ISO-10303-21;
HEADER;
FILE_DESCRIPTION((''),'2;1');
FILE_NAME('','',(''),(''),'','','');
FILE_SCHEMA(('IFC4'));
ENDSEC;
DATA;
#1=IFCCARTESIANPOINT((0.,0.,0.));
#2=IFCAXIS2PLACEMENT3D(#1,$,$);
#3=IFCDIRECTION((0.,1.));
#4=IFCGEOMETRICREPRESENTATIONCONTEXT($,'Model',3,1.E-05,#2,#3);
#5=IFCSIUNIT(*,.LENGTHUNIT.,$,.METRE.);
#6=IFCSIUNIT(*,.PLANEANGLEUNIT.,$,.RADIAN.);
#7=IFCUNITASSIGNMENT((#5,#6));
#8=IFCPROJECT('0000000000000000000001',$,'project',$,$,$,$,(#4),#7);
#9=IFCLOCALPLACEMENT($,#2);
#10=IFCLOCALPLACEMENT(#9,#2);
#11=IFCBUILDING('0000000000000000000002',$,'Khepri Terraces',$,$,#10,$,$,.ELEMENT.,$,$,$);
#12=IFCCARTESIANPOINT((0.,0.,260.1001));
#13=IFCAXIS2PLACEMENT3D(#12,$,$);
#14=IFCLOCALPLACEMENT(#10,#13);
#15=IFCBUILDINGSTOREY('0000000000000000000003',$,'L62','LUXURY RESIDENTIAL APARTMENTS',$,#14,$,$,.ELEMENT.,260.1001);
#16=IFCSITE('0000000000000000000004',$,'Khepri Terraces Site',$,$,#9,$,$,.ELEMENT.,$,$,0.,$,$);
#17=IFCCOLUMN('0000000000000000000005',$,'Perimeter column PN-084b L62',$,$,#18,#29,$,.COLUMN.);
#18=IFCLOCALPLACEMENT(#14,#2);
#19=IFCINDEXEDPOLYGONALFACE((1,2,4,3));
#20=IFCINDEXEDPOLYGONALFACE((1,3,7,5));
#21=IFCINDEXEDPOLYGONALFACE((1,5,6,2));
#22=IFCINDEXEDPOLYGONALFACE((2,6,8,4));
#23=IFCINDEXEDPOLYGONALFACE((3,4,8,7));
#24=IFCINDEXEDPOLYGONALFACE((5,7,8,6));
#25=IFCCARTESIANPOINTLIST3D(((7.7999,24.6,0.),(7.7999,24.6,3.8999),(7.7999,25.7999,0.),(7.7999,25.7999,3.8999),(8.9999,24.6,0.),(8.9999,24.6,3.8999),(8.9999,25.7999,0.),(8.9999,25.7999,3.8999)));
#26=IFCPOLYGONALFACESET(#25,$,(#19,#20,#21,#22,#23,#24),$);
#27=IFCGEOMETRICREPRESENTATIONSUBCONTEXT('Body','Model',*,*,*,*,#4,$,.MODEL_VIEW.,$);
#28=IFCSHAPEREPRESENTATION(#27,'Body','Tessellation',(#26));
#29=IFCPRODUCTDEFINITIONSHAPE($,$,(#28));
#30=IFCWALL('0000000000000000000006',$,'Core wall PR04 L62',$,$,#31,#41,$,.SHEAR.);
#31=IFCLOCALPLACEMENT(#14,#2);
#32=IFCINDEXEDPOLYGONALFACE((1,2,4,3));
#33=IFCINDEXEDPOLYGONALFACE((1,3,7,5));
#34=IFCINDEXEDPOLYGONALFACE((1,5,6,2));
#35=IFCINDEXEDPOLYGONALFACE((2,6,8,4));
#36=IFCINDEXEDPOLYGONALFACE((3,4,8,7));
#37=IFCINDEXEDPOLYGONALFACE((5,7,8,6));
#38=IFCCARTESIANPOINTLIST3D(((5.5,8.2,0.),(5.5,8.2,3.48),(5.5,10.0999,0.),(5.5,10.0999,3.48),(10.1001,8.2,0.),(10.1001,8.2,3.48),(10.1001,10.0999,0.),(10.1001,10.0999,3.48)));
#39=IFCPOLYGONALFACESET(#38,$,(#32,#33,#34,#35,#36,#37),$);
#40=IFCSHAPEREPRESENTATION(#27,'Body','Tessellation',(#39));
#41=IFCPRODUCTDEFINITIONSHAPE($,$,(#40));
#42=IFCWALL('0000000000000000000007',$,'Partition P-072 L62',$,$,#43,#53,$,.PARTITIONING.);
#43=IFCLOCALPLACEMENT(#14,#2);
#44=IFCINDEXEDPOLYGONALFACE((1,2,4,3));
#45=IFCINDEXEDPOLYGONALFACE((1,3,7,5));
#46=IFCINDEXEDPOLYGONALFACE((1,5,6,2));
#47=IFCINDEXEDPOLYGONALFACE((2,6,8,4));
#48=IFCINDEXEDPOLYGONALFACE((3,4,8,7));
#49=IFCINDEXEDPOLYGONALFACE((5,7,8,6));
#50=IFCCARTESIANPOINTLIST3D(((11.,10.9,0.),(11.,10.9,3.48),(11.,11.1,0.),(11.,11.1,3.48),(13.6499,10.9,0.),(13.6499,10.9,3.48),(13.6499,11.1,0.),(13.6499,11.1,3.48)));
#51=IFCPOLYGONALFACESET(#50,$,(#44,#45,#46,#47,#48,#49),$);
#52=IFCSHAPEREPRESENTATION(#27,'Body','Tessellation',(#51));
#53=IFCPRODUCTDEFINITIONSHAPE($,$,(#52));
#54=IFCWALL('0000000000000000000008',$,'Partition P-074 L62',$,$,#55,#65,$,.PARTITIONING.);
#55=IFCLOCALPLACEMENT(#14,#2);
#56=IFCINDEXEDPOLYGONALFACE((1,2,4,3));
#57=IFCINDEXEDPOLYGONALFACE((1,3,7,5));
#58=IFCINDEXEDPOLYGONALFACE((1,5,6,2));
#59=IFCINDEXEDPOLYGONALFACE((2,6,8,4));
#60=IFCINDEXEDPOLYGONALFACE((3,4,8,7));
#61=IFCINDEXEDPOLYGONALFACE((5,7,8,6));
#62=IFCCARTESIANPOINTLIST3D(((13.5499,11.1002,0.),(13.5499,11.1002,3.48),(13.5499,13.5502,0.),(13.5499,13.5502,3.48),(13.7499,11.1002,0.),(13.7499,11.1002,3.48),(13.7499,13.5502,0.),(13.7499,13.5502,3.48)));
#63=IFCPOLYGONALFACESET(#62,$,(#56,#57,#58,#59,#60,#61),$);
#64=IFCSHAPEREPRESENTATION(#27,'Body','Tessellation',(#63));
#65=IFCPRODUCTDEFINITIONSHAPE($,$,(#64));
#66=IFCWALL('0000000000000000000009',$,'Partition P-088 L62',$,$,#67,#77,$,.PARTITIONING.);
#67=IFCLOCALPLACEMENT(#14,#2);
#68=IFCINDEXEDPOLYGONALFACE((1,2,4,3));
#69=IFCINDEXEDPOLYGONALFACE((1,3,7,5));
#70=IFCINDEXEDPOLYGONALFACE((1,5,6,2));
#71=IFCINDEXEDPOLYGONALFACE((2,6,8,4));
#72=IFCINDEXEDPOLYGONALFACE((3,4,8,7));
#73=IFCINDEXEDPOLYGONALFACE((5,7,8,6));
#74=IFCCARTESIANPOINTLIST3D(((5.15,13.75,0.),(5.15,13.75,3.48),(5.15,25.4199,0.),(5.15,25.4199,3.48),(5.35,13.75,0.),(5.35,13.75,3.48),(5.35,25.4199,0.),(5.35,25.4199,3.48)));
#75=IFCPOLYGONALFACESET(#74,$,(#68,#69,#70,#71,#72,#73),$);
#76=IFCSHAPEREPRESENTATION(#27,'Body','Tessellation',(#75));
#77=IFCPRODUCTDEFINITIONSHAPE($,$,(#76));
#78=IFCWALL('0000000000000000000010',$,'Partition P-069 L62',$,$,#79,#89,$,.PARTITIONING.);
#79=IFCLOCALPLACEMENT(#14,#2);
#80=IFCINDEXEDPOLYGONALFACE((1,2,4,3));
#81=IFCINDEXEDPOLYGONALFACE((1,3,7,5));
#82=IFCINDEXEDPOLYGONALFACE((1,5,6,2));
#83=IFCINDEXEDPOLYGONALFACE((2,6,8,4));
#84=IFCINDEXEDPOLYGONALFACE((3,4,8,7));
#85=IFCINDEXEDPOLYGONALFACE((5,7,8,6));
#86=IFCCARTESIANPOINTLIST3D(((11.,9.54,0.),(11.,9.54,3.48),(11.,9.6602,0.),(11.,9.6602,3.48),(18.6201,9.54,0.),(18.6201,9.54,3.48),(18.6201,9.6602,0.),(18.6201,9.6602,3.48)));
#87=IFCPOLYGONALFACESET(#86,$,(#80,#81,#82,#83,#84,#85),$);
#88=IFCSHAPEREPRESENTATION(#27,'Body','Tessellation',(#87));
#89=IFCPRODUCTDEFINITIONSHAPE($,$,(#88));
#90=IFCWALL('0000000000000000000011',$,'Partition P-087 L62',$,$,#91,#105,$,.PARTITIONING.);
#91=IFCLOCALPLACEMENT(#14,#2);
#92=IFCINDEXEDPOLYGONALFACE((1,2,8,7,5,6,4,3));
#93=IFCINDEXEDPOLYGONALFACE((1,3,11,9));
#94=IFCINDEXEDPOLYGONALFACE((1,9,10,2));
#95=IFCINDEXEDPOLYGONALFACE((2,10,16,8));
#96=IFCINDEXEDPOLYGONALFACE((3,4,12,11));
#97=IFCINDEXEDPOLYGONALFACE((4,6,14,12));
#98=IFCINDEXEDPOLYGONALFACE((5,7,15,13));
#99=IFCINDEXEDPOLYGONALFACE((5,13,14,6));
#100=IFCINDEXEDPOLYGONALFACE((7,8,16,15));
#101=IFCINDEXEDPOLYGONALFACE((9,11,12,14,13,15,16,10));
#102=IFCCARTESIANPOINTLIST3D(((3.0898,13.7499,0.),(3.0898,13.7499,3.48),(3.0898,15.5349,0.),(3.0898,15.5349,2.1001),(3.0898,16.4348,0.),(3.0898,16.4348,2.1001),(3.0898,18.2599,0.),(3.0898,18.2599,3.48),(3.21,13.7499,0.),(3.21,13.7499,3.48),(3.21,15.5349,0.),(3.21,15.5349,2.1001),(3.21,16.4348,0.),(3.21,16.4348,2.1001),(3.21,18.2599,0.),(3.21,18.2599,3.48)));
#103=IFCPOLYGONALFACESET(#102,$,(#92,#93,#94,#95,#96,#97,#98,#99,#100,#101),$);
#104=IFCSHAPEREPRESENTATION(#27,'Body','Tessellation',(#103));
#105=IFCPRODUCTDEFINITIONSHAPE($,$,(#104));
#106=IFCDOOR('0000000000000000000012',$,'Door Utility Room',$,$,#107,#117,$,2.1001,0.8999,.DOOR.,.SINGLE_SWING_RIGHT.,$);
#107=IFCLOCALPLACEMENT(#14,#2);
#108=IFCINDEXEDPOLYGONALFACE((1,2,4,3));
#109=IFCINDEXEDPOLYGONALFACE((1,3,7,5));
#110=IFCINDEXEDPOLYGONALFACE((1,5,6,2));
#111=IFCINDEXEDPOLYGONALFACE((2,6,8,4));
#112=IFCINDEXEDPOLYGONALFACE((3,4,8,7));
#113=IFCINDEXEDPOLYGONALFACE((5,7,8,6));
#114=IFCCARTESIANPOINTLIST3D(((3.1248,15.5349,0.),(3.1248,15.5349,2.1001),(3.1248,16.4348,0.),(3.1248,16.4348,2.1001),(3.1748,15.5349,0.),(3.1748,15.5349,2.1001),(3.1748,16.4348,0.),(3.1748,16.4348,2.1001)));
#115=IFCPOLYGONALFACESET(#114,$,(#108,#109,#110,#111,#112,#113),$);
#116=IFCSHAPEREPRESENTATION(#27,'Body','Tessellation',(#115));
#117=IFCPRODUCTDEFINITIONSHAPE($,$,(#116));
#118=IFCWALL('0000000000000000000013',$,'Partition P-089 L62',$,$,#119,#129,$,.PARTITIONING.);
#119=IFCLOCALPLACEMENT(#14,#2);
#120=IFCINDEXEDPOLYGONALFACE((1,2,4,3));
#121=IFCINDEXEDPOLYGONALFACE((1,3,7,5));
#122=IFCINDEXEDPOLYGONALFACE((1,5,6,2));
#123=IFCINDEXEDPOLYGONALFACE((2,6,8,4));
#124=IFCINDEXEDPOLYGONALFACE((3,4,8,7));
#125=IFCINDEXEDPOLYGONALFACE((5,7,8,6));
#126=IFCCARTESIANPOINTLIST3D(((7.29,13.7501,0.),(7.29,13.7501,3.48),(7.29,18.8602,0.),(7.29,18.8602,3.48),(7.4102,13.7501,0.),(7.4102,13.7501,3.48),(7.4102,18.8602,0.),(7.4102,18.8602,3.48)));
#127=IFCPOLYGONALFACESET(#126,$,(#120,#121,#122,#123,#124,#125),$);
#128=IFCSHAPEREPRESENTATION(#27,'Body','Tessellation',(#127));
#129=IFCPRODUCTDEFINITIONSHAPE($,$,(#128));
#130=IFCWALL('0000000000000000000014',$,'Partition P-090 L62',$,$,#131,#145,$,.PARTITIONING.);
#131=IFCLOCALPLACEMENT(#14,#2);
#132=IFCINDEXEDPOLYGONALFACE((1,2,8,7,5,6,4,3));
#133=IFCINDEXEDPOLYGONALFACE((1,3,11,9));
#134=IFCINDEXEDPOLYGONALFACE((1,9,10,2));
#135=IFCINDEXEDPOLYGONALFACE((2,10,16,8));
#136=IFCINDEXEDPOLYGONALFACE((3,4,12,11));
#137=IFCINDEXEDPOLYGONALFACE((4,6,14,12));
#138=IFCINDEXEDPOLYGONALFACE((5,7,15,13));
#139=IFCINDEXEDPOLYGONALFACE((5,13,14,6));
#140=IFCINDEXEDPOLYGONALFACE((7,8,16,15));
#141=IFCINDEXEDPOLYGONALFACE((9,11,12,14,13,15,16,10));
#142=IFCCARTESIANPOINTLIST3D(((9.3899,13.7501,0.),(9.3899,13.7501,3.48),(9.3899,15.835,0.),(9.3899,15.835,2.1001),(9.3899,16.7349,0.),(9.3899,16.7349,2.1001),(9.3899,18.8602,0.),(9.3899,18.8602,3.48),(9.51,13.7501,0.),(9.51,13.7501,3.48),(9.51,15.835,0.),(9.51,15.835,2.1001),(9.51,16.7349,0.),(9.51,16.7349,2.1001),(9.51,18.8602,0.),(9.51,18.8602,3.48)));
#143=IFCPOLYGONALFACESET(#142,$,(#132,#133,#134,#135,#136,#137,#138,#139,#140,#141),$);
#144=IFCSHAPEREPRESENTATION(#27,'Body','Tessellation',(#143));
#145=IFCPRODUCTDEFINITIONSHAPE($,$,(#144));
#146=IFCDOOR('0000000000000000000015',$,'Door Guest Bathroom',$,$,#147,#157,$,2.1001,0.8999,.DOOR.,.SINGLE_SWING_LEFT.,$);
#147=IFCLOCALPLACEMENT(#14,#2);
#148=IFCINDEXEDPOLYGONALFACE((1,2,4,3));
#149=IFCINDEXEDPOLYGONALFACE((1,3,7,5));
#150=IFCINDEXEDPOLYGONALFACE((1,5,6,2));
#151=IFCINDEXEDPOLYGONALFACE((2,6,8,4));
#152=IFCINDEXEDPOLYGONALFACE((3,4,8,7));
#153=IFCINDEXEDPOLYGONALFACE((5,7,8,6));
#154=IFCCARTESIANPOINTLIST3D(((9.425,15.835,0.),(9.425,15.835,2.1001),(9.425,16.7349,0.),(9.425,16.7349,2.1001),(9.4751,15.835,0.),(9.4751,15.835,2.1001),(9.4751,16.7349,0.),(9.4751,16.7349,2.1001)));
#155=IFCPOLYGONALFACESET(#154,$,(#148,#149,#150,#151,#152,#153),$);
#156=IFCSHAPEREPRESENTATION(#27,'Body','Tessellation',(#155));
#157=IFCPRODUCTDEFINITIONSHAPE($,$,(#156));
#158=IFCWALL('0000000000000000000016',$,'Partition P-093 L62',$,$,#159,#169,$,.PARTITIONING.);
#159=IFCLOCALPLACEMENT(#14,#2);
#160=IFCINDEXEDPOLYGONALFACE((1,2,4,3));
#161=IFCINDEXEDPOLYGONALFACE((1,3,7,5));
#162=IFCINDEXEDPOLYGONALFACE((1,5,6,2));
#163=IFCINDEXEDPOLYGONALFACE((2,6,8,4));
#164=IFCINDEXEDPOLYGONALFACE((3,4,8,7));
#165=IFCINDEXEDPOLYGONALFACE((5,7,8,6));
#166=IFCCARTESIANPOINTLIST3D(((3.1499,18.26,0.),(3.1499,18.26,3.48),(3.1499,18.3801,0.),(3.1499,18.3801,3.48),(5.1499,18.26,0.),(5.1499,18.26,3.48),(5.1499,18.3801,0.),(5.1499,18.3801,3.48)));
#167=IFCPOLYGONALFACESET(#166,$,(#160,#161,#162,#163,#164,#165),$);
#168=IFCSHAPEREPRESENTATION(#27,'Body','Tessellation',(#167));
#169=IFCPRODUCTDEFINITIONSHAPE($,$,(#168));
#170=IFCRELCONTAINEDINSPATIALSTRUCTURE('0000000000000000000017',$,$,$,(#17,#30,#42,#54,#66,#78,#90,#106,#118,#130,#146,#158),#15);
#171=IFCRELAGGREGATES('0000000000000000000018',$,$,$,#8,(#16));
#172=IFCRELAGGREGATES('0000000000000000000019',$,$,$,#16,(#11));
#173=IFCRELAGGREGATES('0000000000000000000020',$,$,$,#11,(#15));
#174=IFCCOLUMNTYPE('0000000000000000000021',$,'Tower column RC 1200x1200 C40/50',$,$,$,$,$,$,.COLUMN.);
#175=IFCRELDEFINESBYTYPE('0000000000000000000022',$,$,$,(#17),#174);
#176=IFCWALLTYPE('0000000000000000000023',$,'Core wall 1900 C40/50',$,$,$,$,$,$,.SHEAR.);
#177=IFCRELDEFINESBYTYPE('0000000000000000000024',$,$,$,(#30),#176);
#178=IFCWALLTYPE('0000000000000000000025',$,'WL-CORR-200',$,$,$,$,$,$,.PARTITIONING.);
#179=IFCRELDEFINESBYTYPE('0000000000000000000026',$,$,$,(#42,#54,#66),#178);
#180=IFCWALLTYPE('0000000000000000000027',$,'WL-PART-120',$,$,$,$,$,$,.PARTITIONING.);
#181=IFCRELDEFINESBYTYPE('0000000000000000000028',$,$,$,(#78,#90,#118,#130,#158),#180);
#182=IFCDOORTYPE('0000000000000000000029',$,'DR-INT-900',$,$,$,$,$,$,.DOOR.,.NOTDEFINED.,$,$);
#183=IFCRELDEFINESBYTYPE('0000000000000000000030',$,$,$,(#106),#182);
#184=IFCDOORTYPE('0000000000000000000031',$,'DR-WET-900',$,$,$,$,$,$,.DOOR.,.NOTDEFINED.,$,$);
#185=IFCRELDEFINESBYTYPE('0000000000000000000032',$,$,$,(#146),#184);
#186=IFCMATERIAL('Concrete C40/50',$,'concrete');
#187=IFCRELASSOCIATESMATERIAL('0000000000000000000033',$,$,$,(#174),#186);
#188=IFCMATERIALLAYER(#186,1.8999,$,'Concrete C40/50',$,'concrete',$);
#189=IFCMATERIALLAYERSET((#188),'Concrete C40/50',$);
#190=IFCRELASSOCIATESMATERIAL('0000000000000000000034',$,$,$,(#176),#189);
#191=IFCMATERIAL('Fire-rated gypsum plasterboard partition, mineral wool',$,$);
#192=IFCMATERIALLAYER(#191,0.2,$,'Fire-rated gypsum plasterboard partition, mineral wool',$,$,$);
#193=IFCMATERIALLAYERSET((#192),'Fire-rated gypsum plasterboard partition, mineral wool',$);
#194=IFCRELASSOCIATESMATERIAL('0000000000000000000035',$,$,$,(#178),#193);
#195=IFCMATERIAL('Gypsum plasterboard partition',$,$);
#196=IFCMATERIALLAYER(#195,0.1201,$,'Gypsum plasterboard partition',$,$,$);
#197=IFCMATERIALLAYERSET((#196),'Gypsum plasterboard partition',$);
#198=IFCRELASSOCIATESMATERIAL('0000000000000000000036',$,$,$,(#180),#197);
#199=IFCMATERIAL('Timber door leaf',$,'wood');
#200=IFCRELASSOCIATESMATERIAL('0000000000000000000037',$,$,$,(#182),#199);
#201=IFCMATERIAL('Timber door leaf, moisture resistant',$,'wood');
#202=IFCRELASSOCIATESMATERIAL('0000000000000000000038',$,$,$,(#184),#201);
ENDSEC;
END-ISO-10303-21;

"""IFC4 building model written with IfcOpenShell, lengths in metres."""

from ifc_helpers import new_model, si_unit, direction, frame, frame_2d, origin, origin_2d, place, context, subcontext, project, spatial, rectangle, extrude, material, layer, layer_set, material_profile, profile_set, type_object, element, fill, save


model = new_model("IFC4")

# Units and contexts
model_context = context("Model", 3, precision=1e-05, world=origin(), true_north=direction((0.0, 1.0)))
body_context = subcontext(model_context, "Body", "Model", "MODEL_VIEW")
ifc_project = project(units=[si_unit("LENGTHUNIT", "METRE"), si_unit("PLANEANGLEUNIT", "RADIAN")], contexts=[model_context])

# Site, building, storey
site_placement = place(None, origin())
site = spatial("IfcSite", under=ifc_project, at=site_placement, Name="Khepri Terraces Site", CompositionType="ELEMENT", RefElevation=0.0)
building_placement = place(site_placement, origin())
building = spatial("IfcBuilding", under=site, at=building_placement, Name="Khepri Terraces", CompositionType="ELEMENT")
storey_placement = place(building_placement, frame((0.0, 0.0, 260.1001)))
storey = spatial("IfcBuildingStorey", under=building, at=storey_placement, Name="L62", Description="LUXURY RESIDENTIAL APARTMENTS", CompositionType="ELEMENT", Elevation=260.1001)

# Column
ifc_material_1 = material(Name="Concrete C40/50", Category="concrete")
ifc_material_profile = material_profile(ifc_material_1, rectangle(XDim=1.2, YDim=1.2, at=origin_2d()), Name="Concrete C40/50", Category="concrete")
ifc_profile_set = profile_set([ifc_material_profile], Name="Concrete C40/50")
column_type = type_object("IfcColumnType", Name="Tower column RC 1200x1200 C40/50", PredefinedType="COLUMN", material=ifc_profile_set)
column_placement = place(storey_placement, frame((8.3999, 25.2, 0.0), z_axis=(0.0, 0.0, 1.0), x_axis=(1.0, 0.0, 0.0)))
element("IfcColumn", 1, at=column_placement, inside=storey, type_object=column_type, Name="Perimeter column PN-084b L62", PredefinedType="COLUMN", context=body_context, shape_type="SweptSolid", body=[
    extrude(rectangle(XDim=1.2, YDim=1.2, at=origin_2d()), origin(), (0.0, 0.0, 1.0), 3.8999),
])

# Walls
ifc_layer_1 = layer(ifc_material_1, 1.8999, Name="Concrete C40/50", Category="concrete")
ifc_layer_set_1 = layer_set([ifc_layer_1], Name="Concrete C40/50")
wall_type_1 = type_object("IfcWallType", Name="Core wall 1900 C40/50", PredefinedType="SHEAR", material=ifc_layer_set_1)
wall_1_placement = place(storey_placement, frame((5.5, 9.1499, 0.0), z_axis=(0.0, 0.0, 1.0), x_axis=(1.0, 0.0, 0.0)))
element("IfcWall", 2, at=wall_1_placement, inside=storey, type_object=wall_type_1, Name="Core wall PR04 L62", PredefinedType="SHEAR", context=body_context, shape_type="SweptSolid", body=[
    extrude(rectangle(XDim=4.6001, YDim=1.8999, at=frame_2d((2.3, 0.0))), origin(), (0.0, 0.0, 1.0), 3.48),
])
ifc_material_2 = material(Name="Fire-rated gypsum plasterboard partition, mineral wool")
ifc_layer_2 = layer(ifc_material_2, 0.2, Name="Fire-rated gypsum plasterboard partition, mineral wool")
ifc_layer_set_2 = layer_set([ifc_layer_2], Name="Fire-rated gypsum plasterboard partition, mineral wool")
wall_type_2 = type_object("IfcWallType", Name="WL-CORR-200", PredefinedType="PARTITIONING", material=ifc_layer_set_2)
wall_2_placement = place(storey_placement, frame((11.0, 11.0, 0.0), z_axis=(0.0, 0.0, 1.0), x_axis=(1.0, 0.0, 0.0)))
element("IfcWall", 3, at=wall_2_placement, inside=storey, type_object=wall_type_2, Name="Partition P-072 L62", PredefinedType="PARTITIONING", context=body_context, shape_type="SweptSolid", body=[
    extrude(rectangle(XDim=2.6499, YDim=0.2, at=frame_2d((1.325, 0.0))), origin(), (0.0, 0.0, 1.0), 3.48),
])
wall_3_placement = place(storey_placement, frame((13.6499, 11.1001, 0.0), z_axis=(0.0, 0.0, 1.0), x_axis=(0.0, 1.0, 0.0)))
element("IfcWall", 4, at=wall_3_placement, inside=storey, type_object=wall_type_2, Name="Partition P-074 L62", PredefinedType="PARTITIONING", context=body_context, shape_type="SweptSolid", body=[
    extrude(rectangle(XDim=2.45, YDim=0.2, at=frame_2d((1.2251, 0.0))), origin(), (0.0, 0.0, 1.0), 3.48),
])
wall_4_placement = place(storey_placement, frame((5.25, 13.75, 0.0), z_axis=(0.0, 0.0, 1.0), x_axis=(0.0, 1.0, 0.0)))
element("IfcWall", 5, at=wall_4_placement, inside=storey, type_object=wall_type_2, Name="Partition P-088 L62", PredefinedType="PARTITIONING", context=body_context, shape_type="SweptSolid", body=[
    extrude(rectangle(XDim=11.6699, YDim=0.2, at=frame_2d((5.835, 0.0))), origin(), (0.0, 0.0, 1.0), 3.48),
])

# Wall
ifc_material_3 = material(Name="Gypsum plasterboard partition")
ifc_layer_3 = layer(ifc_material_3, 0.1201, Name="Gypsum plasterboard partition")
ifc_layer_set_3 = layer_set([ifc_layer_3], Name="Gypsum plasterboard partition")
wall_type_3 = type_object("IfcWallType", Name="WL-PART-120", PredefinedType="PARTITIONING", material=ifc_layer_set_3)
wall_5_placement = place(storey_placement, frame((11.0, 9.6001, 0.0), z_axis=(0.0, 0.0, 1.0), x_axis=(1.0, 0.0, 0.0)))
element("IfcWall", 6, at=wall_5_placement, inside=storey, type_object=wall_type_3, Name="Partition P-069 L62", PredefinedType="PARTITIONING", context=body_context, shape_type="SweptSolid", body=[
    extrude(rectangle(XDim=7.6201, YDim=0.1201, at=frame_2d((3.8101, 0.0))), origin(), (0.0, 0.0, 1.0), 3.48),
])

# Wall, opening, door
wall_6_placement = place(storey_placement, frame((3.1499, 13.75, 0.0), z_axis=(0.0, 0.0, 1.0), x_axis=(0.0, 1.0, 0.0)))
wall_6 = element("IfcWall", 7, at=wall_6_placement, inside=storey, type_object=wall_type_3, Name="Partition P-087 L62", PredefinedType="PARTITIONING", context=body_context, shape_type="SweptSolid", body=[
    extrude(rectangle(XDim=4.51, YDim=0.1201, at=frame_2d((2.2549, 0.0))), origin(), (0.0, 0.0, 1.0), 3.48),
])
opening_1_placement = place(wall_6_placement, frame((1.7849, 0.0, 0.0)))
opening_1 = element("IfcOpeningElement", 8, at=opening_1_placement, cuts=wall_6, PredefinedType="OPENING", context=body_context, shape_type="SweptSolid", body=[
    extrude(rectangle(XDim=0.8999, YDim=2.1001, at=frame_2d((0.45, 1.05))), frame((0.0, 0.0701, 0.0), z_axis=(0.0, -1.0, 0.0), x_axis=(1.0, 0.0, 0.0)), (0.0, 0.0, 1.0), 0.1401),
])
ifc_material_4 = material(Name="Timber door leaf", Category="wood")
door_type_1 = type_object("IfcDoorType", Name="DR-INT-900", OperationType="NOTDEFINED", PredefinedType="DOOR", material=ifc_material_4)
door_1_placement = place(opening_1_placement, frame((0.8999, 0.0, 0.0), z_axis=(0.0, 0.0, 1.0), x_axis=(-1.0, 0.0, 0.0)))
door_1 = element("IfcDoor", 9, at=door_1_placement, inside=storey, type_object=door_type_1, Name="Door Utility Room", OperationType="SINGLE_SWING_RIGHT", OverallHeight=2.1001, OverallWidth=0.8999, PredefinedType="DOOR", context=body_context, shape_type="SweptSolid", body=[
    extrude(rectangle(XDim=0.8999, YDim=2.1001, at=frame_2d((0.45, 1.05))), frame((0.0, 0.0249, 0.0), z_axis=(0.0, -1.0, 0.0), x_axis=(1.0, 0.0, 0.0)), (0.0, 0.0, 1.0), 0.05),
])
fill(opening_1, door_1)

# Wall
wall_7_placement = place(storey_placement, frame((7.3501, 13.75, 0.0), z_axis=(0.0, 0.0, 1.0), x_axis=(0.0, 1.0, 0.0)))
element("IfcWall", 10, at=wall_7_placement, inside=storey, type_object=wall_type_3, Name="Partition P-089 L62", PredefinedType="PARTITIONING", context=body_context, shape_type="SweptSolid", body=[
    extrude(rectangle(XDim=5.1101, YDim=0.1201, at=frame_2d((2.5552, 0.0))), origin(), (0.0, 0.0, 1.0), 3.48),
])

# Wall, opening, door
wall_8_placement = place(storey_placement, frame((9.45, 13.75, 0.0), z_axis=(0.0, 0.0, 1.0), x_axis=(0.0, 1.0, 0.0)))
wall_8 = element("IfcWall", 11, at=wall_8_placement, inside=storey, type_object=wall_type_3, Name="Partition P-090 L62", PredefinedType="PARTITIONING", context=body_context, shape_type="SweptSolid", body=[
    extrude(rectangle(XDim=5.1101, YDim=0.1201, at=frame_2d((2.5552, 0.0))), origin(), (0.0, 0.0, 1.0), 3.48),
])
opening_2_placement = place(wall_8_placement, frame((2.085, 0.0, 0.0)))
opening_2 = element("IfcOpeningElement", 12, at=opening_2_placement, cuts=wall_8, PredefinedType="OPENING", context=body_context, shape_type="SweptSolid", body=[
    extrude(rectangle(XDim=0.8999, YDim=2.1001, at=frame_2d((0.45, 1.05))), frame((0.0, 0.0701, 0.0), z_axis=(0.0, -1.0, 0.0), x_axis=(1.0, 0.0, 0.0)), (0.0, 0.0, 1.0), 0.1401),
])
ifc_material_5 = material(Name="Timber door leaf, moisture resistant", Category="wood")
door_type_2 = type_object("IfcDoorType", Name="DR-WET-900", OperationType="NOTDEFINED", PredefinedType="DOOR", material=ifc_material_5)
door_2_placement = place(opening_2_placement, origin())
door_2 = element("IfcDoor", 13, at=door_2_placement, inside=storey, type_object=door_type_2, Name="Door Guest Bathroom", OperationType="SINGLE_SWING_LEFT", OverallHeight=2.1001, OverallWidth=0.8999, PredefinedType="DOOR", context=body_context, shape_type="SweptSolid", body=[
    extrude(rectangle(XDim=0.8999, YDim=2.1001, at=frame_2d((0.45, 1.05))), frame((0.0, 0.0249, 0.0), z_axis=(0.0, -1.0, 0.0), x_axis=(1.0, 0.0, 0.0)), (0.0, 0.0, 1.0), 0.05),
])
fill(opening_2, door_2)

# Wall
wall_9_placement = place(storey_placement, frame((3.1499, 18.3201, 0.0), z_axis=(0.0, 0.0, 1.0), x_axis=(1.0, 0.0, 0.0)))
element("IfcWall", 14, at=wall_9_placement, inside=storey, type_object=wall_type_3, Name="Partition P-093 L62", PredefinedType="PARTITIONING", context=body_context, shape_type="SweptSolid", body=[
    extrude(rectangle(XDim=2.0, YDim=0.1201, at=frame_2d((1.0, 0.0))), origin(), (0.0, 0.0, 1.0), 3.48),
])

save(model, "model.ifc")
